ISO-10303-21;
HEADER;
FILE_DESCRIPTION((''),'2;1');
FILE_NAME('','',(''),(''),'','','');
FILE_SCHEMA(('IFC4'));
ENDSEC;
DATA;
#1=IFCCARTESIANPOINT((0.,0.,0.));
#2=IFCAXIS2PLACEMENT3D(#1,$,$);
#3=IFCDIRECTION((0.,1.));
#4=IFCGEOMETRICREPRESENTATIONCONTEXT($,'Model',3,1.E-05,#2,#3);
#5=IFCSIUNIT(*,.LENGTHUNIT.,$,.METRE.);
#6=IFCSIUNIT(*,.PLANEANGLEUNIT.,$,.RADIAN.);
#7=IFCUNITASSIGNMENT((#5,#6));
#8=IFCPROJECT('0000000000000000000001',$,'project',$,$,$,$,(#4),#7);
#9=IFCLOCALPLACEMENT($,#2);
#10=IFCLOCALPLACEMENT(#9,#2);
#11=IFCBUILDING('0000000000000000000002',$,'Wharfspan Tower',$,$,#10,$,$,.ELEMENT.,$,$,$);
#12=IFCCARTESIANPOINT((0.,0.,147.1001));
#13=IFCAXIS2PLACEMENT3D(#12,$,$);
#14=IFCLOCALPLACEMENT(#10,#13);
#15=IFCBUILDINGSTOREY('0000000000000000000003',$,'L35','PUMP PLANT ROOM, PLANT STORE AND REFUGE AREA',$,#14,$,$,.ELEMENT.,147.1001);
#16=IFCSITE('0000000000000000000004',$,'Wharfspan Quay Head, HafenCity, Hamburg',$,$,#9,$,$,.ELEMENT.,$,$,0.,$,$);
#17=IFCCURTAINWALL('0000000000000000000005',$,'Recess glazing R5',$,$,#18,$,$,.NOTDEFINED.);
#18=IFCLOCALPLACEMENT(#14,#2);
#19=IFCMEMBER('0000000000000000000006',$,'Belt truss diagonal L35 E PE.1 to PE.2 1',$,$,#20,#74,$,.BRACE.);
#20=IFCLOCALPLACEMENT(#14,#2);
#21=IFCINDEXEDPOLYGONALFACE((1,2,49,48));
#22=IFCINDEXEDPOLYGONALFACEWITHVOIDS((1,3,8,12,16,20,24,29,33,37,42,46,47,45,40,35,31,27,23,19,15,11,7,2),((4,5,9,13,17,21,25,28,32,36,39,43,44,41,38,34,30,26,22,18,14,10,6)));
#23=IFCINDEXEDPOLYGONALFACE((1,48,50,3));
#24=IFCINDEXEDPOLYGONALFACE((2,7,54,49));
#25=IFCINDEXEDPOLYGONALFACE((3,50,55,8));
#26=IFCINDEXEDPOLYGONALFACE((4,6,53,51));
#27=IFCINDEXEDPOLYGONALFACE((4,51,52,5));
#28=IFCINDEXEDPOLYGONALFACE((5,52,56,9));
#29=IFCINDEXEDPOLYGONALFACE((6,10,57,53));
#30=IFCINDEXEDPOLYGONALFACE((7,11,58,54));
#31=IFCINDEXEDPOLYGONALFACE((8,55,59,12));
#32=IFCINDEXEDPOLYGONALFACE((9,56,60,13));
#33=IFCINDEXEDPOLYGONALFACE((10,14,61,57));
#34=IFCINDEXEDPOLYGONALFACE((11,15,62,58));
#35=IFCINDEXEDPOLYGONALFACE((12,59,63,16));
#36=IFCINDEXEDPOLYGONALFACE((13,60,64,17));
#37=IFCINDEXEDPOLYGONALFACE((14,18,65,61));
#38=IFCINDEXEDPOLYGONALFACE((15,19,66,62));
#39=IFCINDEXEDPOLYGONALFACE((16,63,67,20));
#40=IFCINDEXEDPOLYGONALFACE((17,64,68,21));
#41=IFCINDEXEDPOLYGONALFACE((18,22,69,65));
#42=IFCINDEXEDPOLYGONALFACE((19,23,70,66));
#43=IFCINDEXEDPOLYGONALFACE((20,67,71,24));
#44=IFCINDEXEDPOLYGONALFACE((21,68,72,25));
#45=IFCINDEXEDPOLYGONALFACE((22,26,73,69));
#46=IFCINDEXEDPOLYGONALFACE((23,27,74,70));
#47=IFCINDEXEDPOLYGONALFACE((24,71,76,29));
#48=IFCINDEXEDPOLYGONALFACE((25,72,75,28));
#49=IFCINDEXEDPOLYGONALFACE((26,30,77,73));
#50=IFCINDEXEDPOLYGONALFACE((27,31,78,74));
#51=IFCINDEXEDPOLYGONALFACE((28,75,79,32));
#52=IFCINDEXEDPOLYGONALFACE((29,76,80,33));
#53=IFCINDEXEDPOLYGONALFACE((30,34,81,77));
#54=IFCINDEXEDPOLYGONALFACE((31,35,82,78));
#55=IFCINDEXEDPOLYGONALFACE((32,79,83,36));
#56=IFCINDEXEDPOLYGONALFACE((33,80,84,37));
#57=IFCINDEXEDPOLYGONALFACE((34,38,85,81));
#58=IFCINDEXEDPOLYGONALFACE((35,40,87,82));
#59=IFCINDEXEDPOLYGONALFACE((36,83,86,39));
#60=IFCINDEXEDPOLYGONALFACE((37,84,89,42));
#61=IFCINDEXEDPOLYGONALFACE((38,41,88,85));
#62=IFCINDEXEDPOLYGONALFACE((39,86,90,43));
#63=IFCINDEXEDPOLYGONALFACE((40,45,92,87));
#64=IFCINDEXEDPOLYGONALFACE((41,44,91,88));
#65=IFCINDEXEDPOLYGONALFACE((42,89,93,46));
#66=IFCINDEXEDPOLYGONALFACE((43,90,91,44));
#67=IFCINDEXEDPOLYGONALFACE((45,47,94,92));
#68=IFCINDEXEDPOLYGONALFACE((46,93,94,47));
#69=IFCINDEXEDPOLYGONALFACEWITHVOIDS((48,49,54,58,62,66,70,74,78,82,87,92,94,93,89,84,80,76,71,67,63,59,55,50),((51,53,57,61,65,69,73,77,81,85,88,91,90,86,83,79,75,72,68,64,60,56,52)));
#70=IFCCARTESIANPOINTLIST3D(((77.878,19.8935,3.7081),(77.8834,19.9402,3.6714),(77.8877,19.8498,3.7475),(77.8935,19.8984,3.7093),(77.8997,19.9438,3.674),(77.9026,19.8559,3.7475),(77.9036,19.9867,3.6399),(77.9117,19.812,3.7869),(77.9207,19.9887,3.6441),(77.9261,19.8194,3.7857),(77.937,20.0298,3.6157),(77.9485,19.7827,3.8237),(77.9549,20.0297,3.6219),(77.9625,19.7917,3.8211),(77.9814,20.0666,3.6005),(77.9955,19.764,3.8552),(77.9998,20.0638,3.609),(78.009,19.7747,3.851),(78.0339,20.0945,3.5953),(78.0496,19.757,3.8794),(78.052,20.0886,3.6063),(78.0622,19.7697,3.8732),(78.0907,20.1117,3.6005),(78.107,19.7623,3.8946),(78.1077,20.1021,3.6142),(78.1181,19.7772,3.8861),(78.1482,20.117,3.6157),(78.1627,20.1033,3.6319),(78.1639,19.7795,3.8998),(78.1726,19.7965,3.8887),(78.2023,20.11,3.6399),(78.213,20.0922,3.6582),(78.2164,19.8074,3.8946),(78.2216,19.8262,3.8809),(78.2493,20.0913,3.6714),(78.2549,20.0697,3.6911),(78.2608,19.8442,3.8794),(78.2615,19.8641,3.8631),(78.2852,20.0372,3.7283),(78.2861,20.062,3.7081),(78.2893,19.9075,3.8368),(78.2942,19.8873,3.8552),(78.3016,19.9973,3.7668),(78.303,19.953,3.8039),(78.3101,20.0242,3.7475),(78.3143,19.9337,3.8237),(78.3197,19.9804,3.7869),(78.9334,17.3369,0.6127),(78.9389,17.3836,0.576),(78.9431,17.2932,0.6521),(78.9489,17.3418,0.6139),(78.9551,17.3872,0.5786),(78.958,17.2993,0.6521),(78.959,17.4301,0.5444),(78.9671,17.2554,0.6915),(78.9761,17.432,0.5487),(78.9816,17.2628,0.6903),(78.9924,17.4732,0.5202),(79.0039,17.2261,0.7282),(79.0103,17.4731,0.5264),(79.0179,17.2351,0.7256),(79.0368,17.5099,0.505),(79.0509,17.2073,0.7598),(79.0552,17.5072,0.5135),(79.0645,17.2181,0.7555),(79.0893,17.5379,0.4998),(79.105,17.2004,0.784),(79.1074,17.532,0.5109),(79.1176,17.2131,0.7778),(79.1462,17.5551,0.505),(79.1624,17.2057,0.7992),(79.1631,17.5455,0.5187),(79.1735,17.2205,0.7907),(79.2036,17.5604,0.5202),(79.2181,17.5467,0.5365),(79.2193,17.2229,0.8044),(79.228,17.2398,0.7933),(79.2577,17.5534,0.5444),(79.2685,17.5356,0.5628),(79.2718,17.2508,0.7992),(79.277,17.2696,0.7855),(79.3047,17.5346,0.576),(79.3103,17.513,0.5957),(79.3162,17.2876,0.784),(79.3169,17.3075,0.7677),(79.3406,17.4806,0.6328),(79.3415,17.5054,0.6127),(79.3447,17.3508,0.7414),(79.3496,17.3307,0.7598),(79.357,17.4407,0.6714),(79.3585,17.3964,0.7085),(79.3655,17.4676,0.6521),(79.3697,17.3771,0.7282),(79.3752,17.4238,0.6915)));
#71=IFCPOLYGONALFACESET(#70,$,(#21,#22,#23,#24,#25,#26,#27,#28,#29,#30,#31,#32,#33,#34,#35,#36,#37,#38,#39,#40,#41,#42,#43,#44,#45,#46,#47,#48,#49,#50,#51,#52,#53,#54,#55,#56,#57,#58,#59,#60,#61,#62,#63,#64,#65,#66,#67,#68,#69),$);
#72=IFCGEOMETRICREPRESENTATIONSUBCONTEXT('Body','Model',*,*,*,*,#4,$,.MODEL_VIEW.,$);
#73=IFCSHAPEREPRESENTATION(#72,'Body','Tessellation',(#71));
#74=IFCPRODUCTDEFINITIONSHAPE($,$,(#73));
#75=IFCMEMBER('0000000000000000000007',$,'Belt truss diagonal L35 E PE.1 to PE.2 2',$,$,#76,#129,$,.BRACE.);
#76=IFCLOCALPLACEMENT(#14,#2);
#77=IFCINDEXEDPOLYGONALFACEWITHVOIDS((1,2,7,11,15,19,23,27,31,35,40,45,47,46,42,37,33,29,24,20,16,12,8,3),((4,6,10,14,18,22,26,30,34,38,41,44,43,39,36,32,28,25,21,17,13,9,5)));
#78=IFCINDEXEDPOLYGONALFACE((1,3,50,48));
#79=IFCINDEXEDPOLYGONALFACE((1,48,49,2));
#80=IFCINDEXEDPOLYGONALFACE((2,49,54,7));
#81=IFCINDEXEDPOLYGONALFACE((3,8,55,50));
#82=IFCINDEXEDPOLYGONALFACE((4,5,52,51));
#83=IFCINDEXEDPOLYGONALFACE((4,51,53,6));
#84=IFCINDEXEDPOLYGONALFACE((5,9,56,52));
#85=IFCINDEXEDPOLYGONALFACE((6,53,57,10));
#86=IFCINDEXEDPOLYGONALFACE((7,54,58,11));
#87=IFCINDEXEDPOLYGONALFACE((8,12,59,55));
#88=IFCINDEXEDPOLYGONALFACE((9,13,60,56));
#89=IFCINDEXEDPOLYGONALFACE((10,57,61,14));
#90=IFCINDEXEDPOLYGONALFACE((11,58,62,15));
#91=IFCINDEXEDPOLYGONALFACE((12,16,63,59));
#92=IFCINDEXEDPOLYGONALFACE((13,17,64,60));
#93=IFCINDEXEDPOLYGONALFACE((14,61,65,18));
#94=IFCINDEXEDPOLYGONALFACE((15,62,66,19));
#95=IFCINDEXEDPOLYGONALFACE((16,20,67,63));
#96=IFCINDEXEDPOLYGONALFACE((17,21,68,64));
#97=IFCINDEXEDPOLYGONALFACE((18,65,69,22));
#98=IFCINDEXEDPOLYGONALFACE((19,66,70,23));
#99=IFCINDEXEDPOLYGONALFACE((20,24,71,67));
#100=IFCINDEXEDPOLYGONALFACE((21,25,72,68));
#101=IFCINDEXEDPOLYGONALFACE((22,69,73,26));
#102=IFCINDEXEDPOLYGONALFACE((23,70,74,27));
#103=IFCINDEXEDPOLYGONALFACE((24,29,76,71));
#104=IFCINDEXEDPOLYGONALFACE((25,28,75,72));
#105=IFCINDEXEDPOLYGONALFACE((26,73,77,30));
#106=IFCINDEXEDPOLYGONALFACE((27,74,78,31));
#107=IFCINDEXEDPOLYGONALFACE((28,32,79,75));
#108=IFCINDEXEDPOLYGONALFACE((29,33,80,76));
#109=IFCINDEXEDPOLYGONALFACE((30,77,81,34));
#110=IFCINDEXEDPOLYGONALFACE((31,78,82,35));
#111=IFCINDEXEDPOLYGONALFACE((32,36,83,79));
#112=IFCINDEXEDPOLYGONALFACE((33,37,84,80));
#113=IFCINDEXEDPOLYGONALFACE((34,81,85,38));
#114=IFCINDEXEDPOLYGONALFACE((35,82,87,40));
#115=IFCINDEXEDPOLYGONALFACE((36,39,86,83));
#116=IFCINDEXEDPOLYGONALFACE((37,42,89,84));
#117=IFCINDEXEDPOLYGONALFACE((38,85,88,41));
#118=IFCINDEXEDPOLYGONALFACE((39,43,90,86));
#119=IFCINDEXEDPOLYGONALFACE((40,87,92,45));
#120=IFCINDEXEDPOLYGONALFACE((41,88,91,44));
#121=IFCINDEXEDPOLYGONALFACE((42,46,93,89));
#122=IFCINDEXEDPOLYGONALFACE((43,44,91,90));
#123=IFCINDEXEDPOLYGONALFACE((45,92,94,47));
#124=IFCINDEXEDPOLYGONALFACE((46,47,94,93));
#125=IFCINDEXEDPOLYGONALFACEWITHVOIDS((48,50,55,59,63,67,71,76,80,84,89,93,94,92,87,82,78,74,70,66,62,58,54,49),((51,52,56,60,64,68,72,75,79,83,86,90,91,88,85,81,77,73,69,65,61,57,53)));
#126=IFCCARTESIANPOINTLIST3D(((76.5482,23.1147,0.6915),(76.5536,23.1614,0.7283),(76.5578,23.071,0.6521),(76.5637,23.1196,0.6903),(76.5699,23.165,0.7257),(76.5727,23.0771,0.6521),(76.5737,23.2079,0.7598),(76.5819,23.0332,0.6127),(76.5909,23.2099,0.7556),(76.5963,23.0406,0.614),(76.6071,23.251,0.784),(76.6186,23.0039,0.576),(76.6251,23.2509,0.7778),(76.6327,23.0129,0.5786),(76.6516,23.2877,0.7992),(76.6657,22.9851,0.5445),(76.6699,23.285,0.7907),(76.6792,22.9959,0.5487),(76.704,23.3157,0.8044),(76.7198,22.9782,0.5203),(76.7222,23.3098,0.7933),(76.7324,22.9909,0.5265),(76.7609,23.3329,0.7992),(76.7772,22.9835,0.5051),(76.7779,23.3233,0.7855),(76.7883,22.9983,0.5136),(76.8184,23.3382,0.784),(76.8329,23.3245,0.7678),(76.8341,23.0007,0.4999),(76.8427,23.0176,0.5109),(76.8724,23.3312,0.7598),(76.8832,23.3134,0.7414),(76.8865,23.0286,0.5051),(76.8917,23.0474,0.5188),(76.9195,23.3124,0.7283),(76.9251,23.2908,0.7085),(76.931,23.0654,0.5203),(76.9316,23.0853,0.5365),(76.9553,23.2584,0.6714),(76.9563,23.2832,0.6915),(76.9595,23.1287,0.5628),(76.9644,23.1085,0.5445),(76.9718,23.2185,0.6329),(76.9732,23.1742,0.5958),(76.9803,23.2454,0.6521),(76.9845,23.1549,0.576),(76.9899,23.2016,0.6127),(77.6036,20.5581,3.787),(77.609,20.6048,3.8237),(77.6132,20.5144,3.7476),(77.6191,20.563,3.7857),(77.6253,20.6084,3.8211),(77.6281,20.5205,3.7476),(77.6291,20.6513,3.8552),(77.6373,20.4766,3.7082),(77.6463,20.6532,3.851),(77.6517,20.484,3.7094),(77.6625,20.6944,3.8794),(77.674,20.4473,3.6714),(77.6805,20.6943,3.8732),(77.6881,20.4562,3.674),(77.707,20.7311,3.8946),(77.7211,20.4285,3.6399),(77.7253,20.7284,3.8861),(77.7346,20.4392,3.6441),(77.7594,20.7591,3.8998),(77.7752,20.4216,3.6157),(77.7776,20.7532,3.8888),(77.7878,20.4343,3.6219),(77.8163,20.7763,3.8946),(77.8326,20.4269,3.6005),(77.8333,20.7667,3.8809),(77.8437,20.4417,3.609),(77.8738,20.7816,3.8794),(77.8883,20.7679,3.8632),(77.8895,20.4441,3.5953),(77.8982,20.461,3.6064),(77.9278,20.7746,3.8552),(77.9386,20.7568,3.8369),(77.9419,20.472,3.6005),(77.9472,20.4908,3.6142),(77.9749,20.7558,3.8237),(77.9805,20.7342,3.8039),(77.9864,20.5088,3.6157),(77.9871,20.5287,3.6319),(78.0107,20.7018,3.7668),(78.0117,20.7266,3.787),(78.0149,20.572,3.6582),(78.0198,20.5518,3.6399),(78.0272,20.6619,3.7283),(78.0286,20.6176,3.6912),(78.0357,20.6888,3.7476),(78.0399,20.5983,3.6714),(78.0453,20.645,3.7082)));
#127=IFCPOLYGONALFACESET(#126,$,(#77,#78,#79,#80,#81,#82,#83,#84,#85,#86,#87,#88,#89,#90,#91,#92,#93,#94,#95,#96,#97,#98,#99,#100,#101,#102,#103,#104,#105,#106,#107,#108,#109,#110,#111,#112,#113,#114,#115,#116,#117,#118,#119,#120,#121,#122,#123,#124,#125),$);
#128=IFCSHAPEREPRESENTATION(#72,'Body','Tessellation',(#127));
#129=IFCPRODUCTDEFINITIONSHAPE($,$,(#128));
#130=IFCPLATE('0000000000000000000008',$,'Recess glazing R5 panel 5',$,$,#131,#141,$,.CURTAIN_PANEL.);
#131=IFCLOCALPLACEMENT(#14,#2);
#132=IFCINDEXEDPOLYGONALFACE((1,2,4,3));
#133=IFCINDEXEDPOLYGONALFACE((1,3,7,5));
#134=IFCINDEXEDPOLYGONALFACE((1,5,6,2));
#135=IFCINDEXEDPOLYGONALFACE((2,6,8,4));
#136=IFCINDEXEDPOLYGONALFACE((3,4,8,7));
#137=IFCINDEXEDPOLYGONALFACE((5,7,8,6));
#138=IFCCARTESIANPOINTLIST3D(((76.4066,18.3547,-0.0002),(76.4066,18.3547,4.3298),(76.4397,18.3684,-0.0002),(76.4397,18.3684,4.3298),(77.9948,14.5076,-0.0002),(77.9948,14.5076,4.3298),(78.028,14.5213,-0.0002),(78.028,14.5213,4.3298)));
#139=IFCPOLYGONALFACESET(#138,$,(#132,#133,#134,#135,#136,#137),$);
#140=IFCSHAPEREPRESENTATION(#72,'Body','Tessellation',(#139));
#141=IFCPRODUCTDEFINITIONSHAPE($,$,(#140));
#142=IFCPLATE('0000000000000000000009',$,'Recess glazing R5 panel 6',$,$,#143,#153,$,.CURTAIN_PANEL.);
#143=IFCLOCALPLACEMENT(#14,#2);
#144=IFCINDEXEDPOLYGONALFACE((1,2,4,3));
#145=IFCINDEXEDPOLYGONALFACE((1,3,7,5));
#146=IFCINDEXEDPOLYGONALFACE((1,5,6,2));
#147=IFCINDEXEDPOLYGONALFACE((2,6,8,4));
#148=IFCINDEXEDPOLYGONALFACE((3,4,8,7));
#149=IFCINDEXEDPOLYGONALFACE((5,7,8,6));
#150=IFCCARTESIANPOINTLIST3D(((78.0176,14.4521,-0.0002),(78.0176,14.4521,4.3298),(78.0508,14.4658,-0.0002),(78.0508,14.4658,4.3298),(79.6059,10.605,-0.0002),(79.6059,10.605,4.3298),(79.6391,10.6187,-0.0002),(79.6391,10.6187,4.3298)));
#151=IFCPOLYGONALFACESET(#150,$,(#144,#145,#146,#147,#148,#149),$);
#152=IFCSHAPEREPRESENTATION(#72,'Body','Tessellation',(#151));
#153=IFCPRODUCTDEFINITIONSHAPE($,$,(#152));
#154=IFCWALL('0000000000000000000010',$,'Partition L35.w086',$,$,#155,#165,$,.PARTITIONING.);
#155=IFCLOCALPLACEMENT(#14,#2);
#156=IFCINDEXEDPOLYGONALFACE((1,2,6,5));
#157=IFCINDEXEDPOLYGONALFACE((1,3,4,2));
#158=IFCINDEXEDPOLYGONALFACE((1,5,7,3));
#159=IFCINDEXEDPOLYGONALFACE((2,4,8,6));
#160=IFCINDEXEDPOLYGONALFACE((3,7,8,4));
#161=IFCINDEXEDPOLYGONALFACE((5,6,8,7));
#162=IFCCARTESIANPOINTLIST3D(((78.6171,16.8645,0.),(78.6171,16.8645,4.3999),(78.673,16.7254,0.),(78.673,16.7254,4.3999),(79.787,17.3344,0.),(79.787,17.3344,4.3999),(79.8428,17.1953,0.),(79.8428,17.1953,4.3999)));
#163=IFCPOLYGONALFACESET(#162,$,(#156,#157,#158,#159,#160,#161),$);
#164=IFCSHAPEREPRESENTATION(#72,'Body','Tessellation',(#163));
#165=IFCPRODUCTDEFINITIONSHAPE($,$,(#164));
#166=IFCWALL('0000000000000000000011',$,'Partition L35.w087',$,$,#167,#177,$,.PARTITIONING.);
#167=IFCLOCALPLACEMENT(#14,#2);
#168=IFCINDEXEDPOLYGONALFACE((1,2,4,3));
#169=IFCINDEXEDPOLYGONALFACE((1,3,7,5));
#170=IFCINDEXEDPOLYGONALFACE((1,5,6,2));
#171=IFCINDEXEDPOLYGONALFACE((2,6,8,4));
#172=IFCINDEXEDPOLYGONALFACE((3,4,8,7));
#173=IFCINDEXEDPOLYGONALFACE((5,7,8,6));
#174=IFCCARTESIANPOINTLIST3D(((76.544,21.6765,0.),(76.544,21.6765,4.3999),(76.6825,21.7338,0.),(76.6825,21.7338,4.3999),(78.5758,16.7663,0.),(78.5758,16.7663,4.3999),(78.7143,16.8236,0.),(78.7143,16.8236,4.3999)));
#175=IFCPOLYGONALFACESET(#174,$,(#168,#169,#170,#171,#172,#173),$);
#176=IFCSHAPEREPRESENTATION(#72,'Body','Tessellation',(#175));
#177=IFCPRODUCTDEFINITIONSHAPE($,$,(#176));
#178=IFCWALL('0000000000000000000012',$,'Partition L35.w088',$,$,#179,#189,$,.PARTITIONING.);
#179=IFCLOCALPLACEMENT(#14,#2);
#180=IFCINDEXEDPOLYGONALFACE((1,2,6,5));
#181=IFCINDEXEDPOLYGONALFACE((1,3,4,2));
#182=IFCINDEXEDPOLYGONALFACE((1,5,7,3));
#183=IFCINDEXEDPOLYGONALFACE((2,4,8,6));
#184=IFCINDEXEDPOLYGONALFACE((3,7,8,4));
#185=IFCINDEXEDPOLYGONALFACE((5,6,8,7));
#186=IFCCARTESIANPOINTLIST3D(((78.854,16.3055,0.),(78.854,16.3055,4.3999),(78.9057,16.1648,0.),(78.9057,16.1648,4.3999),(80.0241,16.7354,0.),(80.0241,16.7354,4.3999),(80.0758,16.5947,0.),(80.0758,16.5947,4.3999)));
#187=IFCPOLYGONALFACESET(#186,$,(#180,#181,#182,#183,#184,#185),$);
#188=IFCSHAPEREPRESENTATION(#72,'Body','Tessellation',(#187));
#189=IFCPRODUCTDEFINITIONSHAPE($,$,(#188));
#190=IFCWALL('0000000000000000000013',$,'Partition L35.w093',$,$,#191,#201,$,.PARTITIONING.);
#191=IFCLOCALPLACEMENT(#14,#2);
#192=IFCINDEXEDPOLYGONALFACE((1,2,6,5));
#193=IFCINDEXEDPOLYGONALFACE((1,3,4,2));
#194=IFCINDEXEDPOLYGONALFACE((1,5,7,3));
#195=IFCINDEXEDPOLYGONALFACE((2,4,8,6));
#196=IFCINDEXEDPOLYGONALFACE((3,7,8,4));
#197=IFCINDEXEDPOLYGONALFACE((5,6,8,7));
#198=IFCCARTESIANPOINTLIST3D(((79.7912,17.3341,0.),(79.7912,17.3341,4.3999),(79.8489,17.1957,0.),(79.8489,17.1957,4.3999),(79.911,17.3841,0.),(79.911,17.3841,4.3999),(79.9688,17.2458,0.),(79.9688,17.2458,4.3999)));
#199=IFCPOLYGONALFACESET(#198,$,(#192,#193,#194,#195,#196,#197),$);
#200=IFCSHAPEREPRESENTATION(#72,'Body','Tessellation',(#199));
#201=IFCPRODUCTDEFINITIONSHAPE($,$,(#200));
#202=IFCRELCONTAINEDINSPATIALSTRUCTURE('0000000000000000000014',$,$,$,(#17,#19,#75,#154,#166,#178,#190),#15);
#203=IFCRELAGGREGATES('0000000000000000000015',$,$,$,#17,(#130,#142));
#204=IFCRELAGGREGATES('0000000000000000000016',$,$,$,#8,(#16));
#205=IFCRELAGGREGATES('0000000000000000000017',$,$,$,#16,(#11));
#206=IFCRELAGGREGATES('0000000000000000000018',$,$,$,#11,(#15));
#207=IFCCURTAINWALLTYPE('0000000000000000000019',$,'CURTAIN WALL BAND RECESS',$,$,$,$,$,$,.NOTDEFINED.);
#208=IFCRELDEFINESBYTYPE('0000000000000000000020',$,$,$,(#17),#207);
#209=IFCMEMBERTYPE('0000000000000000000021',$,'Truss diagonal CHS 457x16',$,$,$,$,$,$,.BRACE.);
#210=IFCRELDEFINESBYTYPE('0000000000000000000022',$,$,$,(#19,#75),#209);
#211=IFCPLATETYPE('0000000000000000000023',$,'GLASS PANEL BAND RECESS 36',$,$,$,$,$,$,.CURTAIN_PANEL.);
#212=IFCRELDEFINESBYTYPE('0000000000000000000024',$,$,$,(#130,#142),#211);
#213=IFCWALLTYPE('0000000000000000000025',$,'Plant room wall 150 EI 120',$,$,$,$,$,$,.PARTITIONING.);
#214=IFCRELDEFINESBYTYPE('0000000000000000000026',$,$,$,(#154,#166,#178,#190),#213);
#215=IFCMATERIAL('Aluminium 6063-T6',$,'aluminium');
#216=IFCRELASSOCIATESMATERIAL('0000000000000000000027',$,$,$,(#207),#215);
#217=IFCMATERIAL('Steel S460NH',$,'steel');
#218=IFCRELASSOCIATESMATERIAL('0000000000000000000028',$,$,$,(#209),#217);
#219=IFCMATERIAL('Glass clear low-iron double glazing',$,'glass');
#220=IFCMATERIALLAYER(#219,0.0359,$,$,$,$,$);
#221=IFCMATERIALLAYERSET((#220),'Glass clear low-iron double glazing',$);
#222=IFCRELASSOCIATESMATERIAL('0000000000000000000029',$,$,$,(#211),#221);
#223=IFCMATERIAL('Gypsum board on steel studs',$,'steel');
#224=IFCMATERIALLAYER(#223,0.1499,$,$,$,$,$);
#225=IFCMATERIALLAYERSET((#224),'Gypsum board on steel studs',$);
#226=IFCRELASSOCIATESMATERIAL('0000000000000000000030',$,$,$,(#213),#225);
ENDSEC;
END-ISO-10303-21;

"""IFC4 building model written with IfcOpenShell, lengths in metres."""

from ifc_helpers import new_model, si_unit, direction, frame, frame_2d, origin, origin_2d, place, context, subcontext, project, spatial, rectangle, hollow_circle, extrude, material, layer, layer_set, material_profile, profile_set, type_object, element, aggregate, save


model = new_model("IFC4")

# Units and contexts
model_context = context("Model", 3, precision=1e-05, world=origin(), true_north=direction((0.0, 1.0)))
body_context = subcontext(model_context, "Body", "Model", "MODEL_VIEW")
ifc_project = project(units=[si_unit("LENGTHUNIT", "METRE"), si_unit("PLANEANGLEUNIT", "RADIAN")], contexts=[model_context])

# Site, building, storey
site_placement = place(None, origin())
site = spatial("IfcSite", under=ifc_project, at=site_placement, Name="Wharfspan Quay Head, HafenCity, Hamburg", CompositionType="ELEMENT", RefElevation=0.0)
building_placement = place(site_placement, origin())
building = spatial("IfcBuilding", under=site, at=building_placement, Name="Wharfspan Tower", CompositionType="ELEMENT")
storey_placement = place(building_placement, frame((0.0, 0.0, 147.1001)))
storey = spatial("IfcBuildingStorey", under=building, at=storey_placement, Name="L35", Description="PUMP PLANT ROOM, PLANT STORE AND REFUGE AREA", CompositionType="ELEMENT", Elevation=147.1001)

# Curtain wall
ifc_material_1 = material(Name="Aluminium 6063-T6", Category="aluminium")
curtain_wall_type = type_object("IfcCurtainWallType", Name="CURTAIN WALL BAND RECESS", PredefinedType="NOTDEFINED", material=ifc_material_1)
curtain_wall_placement = place(storey_placement, origin())
curtain_wall = element("IfcCurtainWall", 1, at=curtain_wall_placement, inside=storey, type_object=curtain_wall_type, Name="Recess glazing R5", PredefinedType="NOTDEFINED")

# Shared definitions
ifc_material_2 = material(Name="Steel S460NH", Category="steel")

# Members
ifc_material_profile_1 = material_profile(ifc_material_2, hollow_circle(Radius=0.2285, WallThickness=0.0161, at=origin_2d()))
ifc_profile_set_1 = profile_set([ifc_material_profile_1], Name="Steel S460NH")
member_type_1 = type_object("IfcMemberType", Name="Truss diagonal CHS 457x16", PredefinedType="BRACE", material=ifc_profile_set_1)
for number, where, z_axis, x_axis, name in (
    (2, (79.1543, 17.3804, 0.6521), (-0.254247, 0.615885, 0.745684), (-0.924335, -0.38158, 0.0), "Belt truss diagonal L35 E PE.1 to PE.2 1"),
    (3, (77.8245, 20.6016, 3.7476), (-0.254247, 0.615885, -0.745684), (-0.924335, -0.38158, 0.0), "Belt truss diagonal L35 E PE.1 to PE.2 2"),
):
    element("IfcMember", number, at=place(storey_placement, frame(where, z_axis=z_axis, x_axis=x_axis)), inside=storey, type_object=member_type_1, Name=name, PredefinedType="BRACE", context=body_context, shape_type="SweptSolid", body=[
        extrude(hollow_circle(Radius=0.2285, WallThickness=0.0161, at=origin_2d()), origin(), (0.0, 0.0, 1.0), 4.1511),
    ])

# Plates
ifc_material_3 = material(Name="Glass clear low-iron double glazing", Category="glass")
ifc_layer_1 = layer(ifc_material_3, 0.0359)
ifc_layer_set_1 = layer_set([ifc_layer_1], Name="Glass clear low-iron double glazing")
plate_type = type_object("IfcPlateType", Name="GLASS PANEL BAND RECESS 36", PredefinedType="CURTAIN_PANEL", material=ifc_layer_set_1)
plate_1_placement = place(storey_placement, frame((77.2173, 16.438, -0.0002), z_axis=(0.0, 0.0, 1.0), x_axis=(0.381602, -0.924325, 0.0)))
plate_1 = element("IfcPlate", 4, at=plate_1_placement, type_object=plate_type, Name="Recess glazing R5 panel 5", PredefinedType="CURTAIN_PANEL", context=body_context, shape_type="SweptSolid", body=[
    extrude(rectangle(XDim=4.1621, YDim=0.0359, at=origin_2d()), origin(), (0.0, 0.0, 1.0), 4.3301),
])
plate_2_placement = place(storey_placement, frame((78.8284, 12.5354, -0.0002), z_axis=(0.0, 0.0, 1.0), x_axis=(0.381602, -0.924325, 0.0)))
plate_2 = element("IfcPlate", 5, at=plate_2_placement, type_object=plate_type, Name="Recess glazing R5 panel 6", PredefinedType="CURTAIN_PANEL", context=body_context, shape_type="SweptSolid", body=[
    extrude(rectangle(XDim=4.1621, YDim=0.0359, at=origin_2d()), origin(), (0.0, 0.0, 1.0), 4.3301),
])
aggregate(curtain_wall, [plate_1, plate_2])

# Walls
ifc_material_4 = material(Name="Gypsum board on steel studs", Category="steel")
ifc_layer_2 = layer(ifc_material_4, 0.1499)
ifc_layer_set_2 = layer_set([ifc_layer_2], Name="Gypsum board on steel studs")
wall_type_1 = type_object("IfcWallType", Name="Plant room wall 150 EI 120", PredefinedType="PARTITIONING", material=ifc_layer_set_2)
wall_1_placement = place(storey_placement, frame((78.645, 16.7949, 0.0), z_axis=(0.0, 0.0, 1.0), x_axis=(0.927928, 0.372759, 0.0)))
element("IfcWall", 6, at=wall_1_placement, inside=storey, type_object=wall_type_1, Name="Partition L35.w086", PredefinedType="PARTITIONING", context=body_context, shape_type="SweptSolid", body=[
    extrude(rectangle(XDim=1.2607, YDim=0.1499, at=frame_2d((0.6304, 0.0))), origin(), (0.0, 0.0, 1.0), 4.3999),
])
wall_2_placement = place(storey_placement, frame((78.645, 16.7949, 0.0), z_axis=(0.0, 0.0, 1.0), x_axis=(-0.382344, 0.924021, 0.0)))
element("IfcWall", 7, at=wall_2_placement, inside=storey, type_object=wall_type_1, Name="Partition L35.w087", PredefinedType="PARTITIONING", context=body_context, shape_type="SweptSolid", body=[
    extrude(rectangle(XDim=5.314, YDim=0.1499, at=frame_2d((2.657, 0.0))), origin(), (0.0, 0.0, 1.0), 4.3999),
])
wall_3_placement = place(storey_placement, frame((78.8799, 16.2351, 0.0), z_axis=(0.0, 0.0, 1.0), x_axis=(0.938647, 0.344869, 0.0)))
element("IfcWall", 8, at=wall_3_placement, inside=storey, type_object=wall_type_1, Name="Partition L35.w088", PredefinedType="PARTITIONING", context=body_context, shape_type="SweptSolid", body=[
    extrude(rectangle(XDim=1.2466, YDim=0.1499, at=frame_2d((0.6233, 0.0))), origin(), (0.0, 0.0, 1.0), 4.3999),
])
wall_4_placement = place(storey_placement, frame((79.8201, 17.2649, 0.0), z_axis=(0.0, 0.0, 1.0), x_axis=(0.922795, 0.385281, 0.0)))
element("IfcWall", 9, at=wall_4_placement, inside=storey, type_object=wall_type_1, Name="Partition L35.w093", PredefinedType="PARTITIONING", context=body_context, shape_type="SweptSolid", body=[
    extrude(rectangle(XDim=0.1299, YDim=0.1499, at=frame_2d((0.0649, 0.0))), origin(), (0.0, 0.0, 1.0), 4.3999),
])

save(model, "model.ifc")
